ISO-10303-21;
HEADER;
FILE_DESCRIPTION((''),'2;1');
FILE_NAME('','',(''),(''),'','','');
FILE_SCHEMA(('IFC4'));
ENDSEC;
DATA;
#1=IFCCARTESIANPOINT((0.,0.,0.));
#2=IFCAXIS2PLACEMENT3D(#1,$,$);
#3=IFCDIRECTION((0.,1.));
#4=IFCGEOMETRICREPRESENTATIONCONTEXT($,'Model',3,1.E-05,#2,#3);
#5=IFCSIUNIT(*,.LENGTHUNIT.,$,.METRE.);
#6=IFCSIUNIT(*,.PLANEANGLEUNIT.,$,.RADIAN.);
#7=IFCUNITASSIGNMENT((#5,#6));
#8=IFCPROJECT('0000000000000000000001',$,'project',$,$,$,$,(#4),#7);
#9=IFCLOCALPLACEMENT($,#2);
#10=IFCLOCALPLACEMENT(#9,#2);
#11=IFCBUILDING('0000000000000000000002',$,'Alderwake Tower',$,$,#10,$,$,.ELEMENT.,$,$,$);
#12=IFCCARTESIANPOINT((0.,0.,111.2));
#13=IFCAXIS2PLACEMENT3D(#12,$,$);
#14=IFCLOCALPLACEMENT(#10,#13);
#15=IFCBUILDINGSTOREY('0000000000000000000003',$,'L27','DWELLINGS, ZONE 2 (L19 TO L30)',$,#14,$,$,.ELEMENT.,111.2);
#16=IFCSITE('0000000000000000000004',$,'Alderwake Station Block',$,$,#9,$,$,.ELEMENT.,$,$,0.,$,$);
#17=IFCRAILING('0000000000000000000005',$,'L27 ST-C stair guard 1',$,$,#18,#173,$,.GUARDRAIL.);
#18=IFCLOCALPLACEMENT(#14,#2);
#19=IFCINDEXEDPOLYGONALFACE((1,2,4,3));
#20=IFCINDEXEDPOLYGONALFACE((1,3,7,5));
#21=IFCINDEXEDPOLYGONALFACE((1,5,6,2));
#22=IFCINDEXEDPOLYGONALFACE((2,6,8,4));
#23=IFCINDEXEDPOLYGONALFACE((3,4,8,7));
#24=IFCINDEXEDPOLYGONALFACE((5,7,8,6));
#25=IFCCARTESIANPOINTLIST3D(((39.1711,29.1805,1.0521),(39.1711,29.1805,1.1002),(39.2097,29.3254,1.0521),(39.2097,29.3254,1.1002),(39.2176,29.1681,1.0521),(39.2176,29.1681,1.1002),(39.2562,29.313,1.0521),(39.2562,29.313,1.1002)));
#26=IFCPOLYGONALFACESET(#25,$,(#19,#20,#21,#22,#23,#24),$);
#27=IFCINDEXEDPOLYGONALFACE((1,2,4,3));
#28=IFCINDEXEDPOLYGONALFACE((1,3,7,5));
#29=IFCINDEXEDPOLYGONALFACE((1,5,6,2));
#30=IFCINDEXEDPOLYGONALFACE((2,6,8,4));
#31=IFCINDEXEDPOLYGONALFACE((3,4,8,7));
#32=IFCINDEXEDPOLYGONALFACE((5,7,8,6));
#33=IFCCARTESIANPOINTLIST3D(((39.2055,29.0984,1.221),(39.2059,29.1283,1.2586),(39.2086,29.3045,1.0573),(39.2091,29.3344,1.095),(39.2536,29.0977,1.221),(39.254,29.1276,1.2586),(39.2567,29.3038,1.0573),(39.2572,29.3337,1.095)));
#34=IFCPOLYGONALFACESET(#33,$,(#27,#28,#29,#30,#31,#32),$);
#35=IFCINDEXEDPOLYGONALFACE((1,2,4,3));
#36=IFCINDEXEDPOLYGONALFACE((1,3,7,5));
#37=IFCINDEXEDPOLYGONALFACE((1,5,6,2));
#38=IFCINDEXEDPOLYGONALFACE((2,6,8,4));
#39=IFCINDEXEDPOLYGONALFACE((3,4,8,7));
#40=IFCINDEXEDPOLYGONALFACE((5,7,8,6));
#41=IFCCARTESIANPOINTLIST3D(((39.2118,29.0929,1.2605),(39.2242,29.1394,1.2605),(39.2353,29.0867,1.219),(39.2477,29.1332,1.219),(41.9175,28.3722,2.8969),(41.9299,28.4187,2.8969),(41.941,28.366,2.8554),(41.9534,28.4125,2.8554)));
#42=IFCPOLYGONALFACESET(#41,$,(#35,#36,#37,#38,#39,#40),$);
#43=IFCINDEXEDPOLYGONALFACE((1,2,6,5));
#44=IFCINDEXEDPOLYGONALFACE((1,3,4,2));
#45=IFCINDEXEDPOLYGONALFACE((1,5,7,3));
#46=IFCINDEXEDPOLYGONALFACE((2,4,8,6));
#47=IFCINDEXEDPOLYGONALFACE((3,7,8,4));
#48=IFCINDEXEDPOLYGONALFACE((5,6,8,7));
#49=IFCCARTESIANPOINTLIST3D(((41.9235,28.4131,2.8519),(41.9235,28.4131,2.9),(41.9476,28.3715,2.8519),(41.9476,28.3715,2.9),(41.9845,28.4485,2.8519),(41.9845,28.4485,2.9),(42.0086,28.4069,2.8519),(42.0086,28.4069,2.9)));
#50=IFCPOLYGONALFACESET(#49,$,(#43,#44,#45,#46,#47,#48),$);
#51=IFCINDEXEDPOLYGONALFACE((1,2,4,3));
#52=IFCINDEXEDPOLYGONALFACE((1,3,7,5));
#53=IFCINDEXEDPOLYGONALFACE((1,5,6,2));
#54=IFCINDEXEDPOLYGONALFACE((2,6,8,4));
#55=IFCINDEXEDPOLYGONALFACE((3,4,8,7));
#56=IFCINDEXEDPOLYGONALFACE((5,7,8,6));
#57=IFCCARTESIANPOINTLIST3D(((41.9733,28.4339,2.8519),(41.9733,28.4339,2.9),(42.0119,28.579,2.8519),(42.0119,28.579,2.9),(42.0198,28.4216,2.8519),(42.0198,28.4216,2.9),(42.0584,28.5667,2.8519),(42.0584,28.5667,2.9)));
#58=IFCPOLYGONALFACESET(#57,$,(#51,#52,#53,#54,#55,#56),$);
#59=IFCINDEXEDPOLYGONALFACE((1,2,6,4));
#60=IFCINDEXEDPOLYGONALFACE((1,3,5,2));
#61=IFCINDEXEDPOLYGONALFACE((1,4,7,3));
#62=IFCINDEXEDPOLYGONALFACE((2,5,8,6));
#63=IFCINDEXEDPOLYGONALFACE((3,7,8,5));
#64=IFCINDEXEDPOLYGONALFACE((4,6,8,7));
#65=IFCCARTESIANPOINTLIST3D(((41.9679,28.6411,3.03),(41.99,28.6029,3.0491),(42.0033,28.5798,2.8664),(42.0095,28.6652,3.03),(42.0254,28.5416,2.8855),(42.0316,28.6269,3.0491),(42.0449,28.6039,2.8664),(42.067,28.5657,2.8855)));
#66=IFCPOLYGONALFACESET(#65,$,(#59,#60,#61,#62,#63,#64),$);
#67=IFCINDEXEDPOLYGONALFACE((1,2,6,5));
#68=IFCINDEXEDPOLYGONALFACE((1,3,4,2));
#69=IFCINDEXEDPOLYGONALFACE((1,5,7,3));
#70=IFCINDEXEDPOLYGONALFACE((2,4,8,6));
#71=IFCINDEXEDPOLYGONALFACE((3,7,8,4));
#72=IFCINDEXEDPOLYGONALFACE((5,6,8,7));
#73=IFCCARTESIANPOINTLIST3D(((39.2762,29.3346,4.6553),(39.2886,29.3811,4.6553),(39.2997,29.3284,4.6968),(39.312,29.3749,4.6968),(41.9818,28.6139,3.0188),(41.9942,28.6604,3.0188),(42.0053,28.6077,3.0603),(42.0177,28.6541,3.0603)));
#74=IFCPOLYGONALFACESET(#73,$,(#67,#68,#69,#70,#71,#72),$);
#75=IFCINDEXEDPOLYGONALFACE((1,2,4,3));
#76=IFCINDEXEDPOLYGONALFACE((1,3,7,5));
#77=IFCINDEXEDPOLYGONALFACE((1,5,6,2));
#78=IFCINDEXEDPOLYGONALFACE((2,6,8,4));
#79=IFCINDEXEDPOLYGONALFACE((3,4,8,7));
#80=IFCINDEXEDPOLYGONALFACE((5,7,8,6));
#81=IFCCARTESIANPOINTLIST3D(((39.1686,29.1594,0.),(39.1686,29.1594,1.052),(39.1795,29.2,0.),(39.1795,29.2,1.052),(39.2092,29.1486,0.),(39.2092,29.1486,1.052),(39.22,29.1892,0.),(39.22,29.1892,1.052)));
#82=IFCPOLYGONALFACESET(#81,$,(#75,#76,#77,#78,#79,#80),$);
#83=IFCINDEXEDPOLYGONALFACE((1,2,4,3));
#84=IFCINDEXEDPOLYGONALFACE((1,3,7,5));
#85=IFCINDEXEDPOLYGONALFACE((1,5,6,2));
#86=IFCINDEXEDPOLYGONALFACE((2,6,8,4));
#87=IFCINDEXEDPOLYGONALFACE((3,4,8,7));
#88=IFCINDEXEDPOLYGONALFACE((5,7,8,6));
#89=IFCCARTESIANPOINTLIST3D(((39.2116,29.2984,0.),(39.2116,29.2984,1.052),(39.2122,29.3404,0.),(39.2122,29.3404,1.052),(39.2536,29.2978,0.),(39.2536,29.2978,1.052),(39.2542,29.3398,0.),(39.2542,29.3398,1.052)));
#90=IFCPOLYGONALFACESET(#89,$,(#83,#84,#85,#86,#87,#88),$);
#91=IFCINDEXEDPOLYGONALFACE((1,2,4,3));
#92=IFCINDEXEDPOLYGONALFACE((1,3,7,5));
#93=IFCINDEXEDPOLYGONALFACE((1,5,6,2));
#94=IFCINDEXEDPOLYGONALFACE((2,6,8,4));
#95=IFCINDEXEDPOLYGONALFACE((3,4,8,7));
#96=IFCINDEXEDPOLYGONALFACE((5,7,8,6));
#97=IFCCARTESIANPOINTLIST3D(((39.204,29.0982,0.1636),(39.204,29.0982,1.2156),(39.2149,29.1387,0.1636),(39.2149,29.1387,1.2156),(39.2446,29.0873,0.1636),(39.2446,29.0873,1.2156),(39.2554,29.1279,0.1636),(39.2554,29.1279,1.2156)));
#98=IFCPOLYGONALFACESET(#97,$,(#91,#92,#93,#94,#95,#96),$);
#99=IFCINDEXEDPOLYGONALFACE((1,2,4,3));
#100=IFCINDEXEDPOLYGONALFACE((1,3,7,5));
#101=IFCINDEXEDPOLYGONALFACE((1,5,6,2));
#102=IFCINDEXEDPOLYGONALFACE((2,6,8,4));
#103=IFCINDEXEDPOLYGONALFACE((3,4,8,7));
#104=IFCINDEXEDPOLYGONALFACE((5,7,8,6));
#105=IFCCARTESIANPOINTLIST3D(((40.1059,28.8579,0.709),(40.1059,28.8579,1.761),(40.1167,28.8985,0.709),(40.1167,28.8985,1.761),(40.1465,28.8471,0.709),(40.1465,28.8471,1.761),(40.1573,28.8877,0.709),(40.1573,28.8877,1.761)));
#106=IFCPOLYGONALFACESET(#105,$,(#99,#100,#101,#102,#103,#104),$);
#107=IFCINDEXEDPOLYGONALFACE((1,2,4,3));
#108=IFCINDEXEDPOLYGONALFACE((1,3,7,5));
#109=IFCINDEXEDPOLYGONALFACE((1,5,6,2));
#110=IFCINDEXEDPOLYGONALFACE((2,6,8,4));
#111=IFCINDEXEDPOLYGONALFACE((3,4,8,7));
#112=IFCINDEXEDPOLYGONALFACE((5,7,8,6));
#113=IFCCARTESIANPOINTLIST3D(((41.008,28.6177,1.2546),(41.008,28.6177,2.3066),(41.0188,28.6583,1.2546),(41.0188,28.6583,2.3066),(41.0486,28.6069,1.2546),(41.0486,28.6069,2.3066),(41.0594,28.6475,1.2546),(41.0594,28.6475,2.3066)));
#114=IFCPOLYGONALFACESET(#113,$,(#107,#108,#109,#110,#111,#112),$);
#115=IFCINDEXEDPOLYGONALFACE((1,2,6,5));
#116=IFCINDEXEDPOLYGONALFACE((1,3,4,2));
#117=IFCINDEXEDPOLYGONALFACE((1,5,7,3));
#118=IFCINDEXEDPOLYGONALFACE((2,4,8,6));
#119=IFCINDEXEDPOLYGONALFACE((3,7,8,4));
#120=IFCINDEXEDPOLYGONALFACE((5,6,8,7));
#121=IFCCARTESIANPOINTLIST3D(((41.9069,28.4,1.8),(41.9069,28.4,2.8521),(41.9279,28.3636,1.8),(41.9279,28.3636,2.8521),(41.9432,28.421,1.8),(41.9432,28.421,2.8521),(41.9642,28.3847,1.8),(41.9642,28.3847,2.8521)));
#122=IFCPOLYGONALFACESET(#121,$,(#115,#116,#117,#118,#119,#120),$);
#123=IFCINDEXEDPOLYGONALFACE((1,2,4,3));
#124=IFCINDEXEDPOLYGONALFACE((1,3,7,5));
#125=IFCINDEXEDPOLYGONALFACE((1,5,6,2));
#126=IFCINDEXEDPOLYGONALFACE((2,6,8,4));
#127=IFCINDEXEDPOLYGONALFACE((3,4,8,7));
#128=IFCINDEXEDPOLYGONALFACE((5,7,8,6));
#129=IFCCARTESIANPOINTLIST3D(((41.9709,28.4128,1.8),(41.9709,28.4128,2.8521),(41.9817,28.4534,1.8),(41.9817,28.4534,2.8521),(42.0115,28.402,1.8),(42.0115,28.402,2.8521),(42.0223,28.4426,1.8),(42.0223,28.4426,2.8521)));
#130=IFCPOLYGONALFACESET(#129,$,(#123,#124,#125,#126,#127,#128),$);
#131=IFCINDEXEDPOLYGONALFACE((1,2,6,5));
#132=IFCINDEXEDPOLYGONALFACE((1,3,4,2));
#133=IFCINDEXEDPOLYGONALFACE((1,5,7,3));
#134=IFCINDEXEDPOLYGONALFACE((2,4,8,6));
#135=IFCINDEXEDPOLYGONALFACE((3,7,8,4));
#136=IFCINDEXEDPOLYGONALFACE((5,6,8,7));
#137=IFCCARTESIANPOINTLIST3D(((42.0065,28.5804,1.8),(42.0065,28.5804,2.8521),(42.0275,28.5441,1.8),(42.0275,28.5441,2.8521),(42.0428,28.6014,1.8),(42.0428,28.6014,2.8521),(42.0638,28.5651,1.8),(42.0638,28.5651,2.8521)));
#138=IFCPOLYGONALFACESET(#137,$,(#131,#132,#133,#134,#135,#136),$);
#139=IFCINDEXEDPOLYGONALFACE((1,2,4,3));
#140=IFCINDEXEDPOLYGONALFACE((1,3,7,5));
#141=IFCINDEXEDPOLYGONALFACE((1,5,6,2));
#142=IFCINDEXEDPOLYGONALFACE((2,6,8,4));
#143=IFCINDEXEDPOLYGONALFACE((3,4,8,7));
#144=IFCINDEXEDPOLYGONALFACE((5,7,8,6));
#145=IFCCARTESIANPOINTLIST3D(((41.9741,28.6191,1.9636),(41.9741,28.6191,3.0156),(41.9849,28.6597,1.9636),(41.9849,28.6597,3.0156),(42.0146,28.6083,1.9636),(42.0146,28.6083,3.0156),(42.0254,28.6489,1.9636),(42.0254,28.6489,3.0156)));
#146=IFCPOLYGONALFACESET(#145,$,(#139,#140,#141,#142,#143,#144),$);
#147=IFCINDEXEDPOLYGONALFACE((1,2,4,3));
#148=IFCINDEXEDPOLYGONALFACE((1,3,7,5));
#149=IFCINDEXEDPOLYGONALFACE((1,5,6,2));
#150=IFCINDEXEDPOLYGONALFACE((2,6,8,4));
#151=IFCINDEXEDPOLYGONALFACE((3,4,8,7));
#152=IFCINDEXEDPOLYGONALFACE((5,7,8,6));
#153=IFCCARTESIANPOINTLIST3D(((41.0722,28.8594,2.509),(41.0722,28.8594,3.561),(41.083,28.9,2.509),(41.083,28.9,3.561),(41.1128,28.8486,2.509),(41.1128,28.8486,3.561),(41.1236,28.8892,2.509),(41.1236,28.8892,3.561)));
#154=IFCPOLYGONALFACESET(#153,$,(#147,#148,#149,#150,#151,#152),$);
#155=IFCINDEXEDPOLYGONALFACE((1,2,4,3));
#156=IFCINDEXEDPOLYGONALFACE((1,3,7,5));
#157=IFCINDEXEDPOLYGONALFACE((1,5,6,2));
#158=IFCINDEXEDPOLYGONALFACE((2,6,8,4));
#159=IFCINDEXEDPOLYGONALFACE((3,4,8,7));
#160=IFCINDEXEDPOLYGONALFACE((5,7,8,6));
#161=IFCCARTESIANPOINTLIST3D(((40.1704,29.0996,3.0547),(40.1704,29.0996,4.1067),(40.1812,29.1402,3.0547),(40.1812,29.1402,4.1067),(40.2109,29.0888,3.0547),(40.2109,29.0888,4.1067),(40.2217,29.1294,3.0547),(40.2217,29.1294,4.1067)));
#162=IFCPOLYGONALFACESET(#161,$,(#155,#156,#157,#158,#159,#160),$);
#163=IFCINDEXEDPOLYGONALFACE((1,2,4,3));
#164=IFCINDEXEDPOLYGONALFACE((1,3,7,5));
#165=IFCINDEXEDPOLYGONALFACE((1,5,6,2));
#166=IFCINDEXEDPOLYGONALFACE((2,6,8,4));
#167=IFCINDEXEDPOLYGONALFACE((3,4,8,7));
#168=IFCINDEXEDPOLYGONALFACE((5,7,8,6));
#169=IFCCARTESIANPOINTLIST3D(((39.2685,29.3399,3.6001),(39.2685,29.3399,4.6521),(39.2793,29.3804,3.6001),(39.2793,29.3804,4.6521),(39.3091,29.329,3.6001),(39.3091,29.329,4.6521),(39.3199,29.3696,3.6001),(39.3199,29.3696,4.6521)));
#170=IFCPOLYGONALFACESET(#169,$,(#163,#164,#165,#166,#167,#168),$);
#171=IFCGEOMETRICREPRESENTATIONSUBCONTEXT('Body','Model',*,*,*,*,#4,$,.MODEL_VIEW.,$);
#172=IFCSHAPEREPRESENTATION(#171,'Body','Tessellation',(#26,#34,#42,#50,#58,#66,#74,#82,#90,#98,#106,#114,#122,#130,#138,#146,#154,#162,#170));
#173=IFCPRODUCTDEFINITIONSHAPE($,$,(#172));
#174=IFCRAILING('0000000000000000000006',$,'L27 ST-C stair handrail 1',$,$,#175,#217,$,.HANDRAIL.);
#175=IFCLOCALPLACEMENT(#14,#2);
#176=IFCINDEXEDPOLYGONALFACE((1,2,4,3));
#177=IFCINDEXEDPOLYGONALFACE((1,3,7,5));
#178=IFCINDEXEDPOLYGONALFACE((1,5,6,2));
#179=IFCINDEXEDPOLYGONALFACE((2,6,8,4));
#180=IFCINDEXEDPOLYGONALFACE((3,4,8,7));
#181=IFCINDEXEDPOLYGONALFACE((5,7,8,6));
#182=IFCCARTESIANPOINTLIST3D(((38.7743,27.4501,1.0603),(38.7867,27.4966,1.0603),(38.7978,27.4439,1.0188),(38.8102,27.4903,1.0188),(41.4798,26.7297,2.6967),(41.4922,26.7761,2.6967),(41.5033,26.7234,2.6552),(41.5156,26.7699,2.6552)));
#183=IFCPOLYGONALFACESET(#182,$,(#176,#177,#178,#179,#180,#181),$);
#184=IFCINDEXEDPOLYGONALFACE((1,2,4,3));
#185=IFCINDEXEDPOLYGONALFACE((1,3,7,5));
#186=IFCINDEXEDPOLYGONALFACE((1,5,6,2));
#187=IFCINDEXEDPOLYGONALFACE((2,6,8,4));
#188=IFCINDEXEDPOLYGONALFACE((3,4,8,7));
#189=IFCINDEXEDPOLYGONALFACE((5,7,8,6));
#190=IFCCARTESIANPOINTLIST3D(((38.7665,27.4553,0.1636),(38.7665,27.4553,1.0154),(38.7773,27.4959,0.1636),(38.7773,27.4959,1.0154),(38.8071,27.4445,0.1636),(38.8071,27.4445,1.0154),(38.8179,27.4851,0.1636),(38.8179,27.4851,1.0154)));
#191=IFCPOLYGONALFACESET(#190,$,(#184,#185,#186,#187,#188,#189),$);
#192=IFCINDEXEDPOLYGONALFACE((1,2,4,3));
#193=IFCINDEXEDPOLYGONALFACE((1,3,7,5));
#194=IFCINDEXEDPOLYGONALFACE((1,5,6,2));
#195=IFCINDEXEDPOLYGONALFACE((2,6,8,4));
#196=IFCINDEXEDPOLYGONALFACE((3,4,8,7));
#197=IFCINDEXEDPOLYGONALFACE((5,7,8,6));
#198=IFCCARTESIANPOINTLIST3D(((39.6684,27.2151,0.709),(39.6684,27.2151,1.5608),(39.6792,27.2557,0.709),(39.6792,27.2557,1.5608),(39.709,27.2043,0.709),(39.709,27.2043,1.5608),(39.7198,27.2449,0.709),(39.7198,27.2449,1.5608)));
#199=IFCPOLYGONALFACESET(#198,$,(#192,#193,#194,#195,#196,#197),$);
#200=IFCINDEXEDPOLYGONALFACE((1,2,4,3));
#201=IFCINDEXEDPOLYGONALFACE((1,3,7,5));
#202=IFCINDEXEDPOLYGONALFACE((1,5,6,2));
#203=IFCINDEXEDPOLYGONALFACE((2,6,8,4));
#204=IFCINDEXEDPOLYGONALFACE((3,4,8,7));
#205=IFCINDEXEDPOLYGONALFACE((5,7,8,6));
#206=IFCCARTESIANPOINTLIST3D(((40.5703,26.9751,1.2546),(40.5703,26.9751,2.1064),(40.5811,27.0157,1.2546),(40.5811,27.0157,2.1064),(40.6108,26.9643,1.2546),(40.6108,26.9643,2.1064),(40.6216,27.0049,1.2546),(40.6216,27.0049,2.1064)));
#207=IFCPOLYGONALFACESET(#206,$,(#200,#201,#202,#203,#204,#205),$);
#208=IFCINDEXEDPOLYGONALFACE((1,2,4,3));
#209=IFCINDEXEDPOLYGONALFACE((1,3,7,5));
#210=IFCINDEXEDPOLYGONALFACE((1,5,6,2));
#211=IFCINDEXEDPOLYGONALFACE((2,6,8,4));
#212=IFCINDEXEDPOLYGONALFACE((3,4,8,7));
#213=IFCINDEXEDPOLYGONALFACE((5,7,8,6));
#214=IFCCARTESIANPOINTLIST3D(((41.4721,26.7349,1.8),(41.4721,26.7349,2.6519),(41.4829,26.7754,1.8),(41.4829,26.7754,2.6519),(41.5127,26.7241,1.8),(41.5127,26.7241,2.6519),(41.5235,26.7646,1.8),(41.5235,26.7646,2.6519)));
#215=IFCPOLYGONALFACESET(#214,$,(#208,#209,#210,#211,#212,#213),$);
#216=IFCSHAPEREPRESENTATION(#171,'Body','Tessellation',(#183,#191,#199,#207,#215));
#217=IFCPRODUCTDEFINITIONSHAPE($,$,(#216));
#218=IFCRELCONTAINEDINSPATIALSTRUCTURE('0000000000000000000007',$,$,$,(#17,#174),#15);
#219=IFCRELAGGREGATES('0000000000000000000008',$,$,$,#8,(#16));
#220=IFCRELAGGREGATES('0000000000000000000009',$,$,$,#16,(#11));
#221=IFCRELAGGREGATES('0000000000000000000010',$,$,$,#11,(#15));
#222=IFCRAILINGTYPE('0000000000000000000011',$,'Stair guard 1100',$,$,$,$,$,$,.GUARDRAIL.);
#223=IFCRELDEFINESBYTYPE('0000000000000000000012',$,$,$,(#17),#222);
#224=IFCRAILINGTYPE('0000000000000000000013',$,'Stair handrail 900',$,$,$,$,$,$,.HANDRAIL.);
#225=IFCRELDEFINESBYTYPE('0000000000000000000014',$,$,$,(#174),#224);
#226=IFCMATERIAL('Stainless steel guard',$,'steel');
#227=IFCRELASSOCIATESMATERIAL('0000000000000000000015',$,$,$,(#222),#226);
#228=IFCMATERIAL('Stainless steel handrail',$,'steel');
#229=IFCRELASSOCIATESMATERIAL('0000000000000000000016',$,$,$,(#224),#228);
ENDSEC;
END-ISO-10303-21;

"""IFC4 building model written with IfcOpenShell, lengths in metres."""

from ifc_helpers import new_model, si_unit, direction, frame, origin, origin_2d, place, context, subcontext, project, spatial, rectangle, extrude, material, type_object, element, save


model = new_model("IFC4")

# Units and contexts
model_context = context("Model", 3, precision=1e-05, world=origin(), true_north=direction((0.0, 1.0)))
body_context = subcontext(model_context, "Body", "Model", "MODEL_VIEW")
ifc_project = project(units=[si_unit("LENGTHUNIT", "METRE"), si_unit("PLANEANGLEUNIT", "RADIAN")], contexts=[model_context])

# Site, building, storey
site_placement = place(None, origin())
site = spatial("IfcSite", under=ifc_project, at=site_placement, Name="Alderwake Station Block", CompositionType="ELEMENT", RefElevation=0.0)
building_placement = place(site_placement, origin())
building = spatial("IfcBuilding", under=site, at=building_placement, Name="Alderwake Tower", CompositionType="ELEMENT")
storey_placement = place(building_placement, frame((0.0, 0.0, 111.2)))
storey = spatial("IfcBuildingStorey", under=building, at=storey_placement, Name="L27", Description="DWELLINGS, ZONE 2 (L19 TO L30)", CompositionType="ELEMENT", Elevation=111.2)

# Railings
ifc_material_1 = material(Name="Stainless steel guard", Category="steel")
railing_type_1 = type_object("IfcRailingType", Name="Stair guard 1100", PredefinedType="GUARDRAIL", material=ifc_material_1)
railing_1_placement = place(storey_placement, frame((39.1943, 29.1743, 0.0)))
element("IfcRailing", 1, at=railing_1_placement, inside=storey, type_object=railing_type_1, Name="L27 ST-C stair guard 1", PredefinedType="GUARDRAIL", context=body_context, shape_type="SweptSolid", body=[
    extrude(rectangle(XDim=0.0481, YDim=0.0481, at=origin_2d()), frame((0.0, 0.0, 1.0762), z_axis=(0.25746, 0.966289, 0.0), x_axis=(-0.966289, 0.25746, 0.0)), (0.0, 0.0, 1.0), 0.1499),
    extrude(rectangle(XDim=0.0481, YDim=0.0481, at=origin_2d()), frame((0.0386, 0.1448, 1.0762), z_axis=(-0.012063, -0.78316, 0.621703), x_axis=(0.999881, -0.015401, 0.0)), (0.0, 0.0, 1.0), 0.2632),
    extrude(rectangle(XDim=0.0481, YDim=0.0481, at=origin_2d()), frame((0.0354, -0.0613, 1.2397), z_axis=(0.834282, -0.222214, 0.504574), x_axis=(0.25738, 0.96631, 0.0)), (0.0, 0.0, 1.0), 3.2432),
    extrude(rectangle(XDim=0.0481, YDim=0.0481, at=origin_2d()), frame((2.7412, -0.782, 2.876), z_axis=(0.865031, 0.501718, 0.0), x_axis=(-0.501718, 0.865031, 0.0)), (0.0, 0.0, 1.0), 0.0706),
    extrude(rectangle(XDim=0.0481, YDim=0.0481, at=origin_2d()), frame((2.8022, -0.7466, 2.876), z_axis=(0.257055, 0.966397, 0.0), x_axis=(-0.966397, 0.257055, 0.0)), (0.0, 0.0, 1.0), 0.1501),
    extrude(rectangle(XDim=0.0481, YDim=0.0481, at=origin_2d()), frame((2.8408, -0.6016, 2.876), z_axis=(-0.198625, 0.343827, 0.917786), x_axis=(-0.865898, -0.50022, 0.0)), (0.0, 0.0, 1.0), 0.1782),
    extrude(rectangle(XDim=0.0481, YDim=0.0481, at=origin_2d()), frame((2.8054, -0.5403, 3.0396), z_axis=(-0.834259, 0.222228, 0.504605), x_axis=(-0.257402, -0.966304, 0.0)), (0.0, 0.0, 1.0), 3.2432),
    extrude(rectangle(XDim=0.042, YDim=0.042, at=origin_2d()), frame((0.0, 0.0, 0.0), z_axis=(0.0, 0.0, 1.0), x_axis=(0.25746, 0.966289, 0.0)), (0.0, 0.0, 1.0), 1.052),
    extrude(rectangle(XDim=0.042, YDim=0.042, at=origin_2d()), frame((0.0386, 0.1448, 0.0), z_axis=(0.0, 0.0, 1.0), x_axis=(-0.015401, -0.999881, 0.0)), (0.0, 0.0, 1.0), 1.052),
    extrude(rectangle(XDim=0.042, YDim=0.042, at=origin_2d()), frame((0.0354, -0.0613, 0.1636), z_axis=(0.0, 0.0, 1.0), x_axis=(0.96631, -0.25738, 0.0)), (0.0, 0.0, 1.0), 1.052),
    extrude(rectangle(XDim=0.042, YDim=0.042, at=origin_2d()), frame((0.9373, -0.3015, 0.709), z_axis=(0.0, 0.0, 1.0), x_axis=(0.96631, -0.25738, 0.0)), (0.0, 0.0, 1.0), 1.052),
    extrude(rectangle(XDim=0.042, YDim=0.042, at=origin_2d()), frame((1.8394, -0.5417, 1.2546), z_axis=(0.0, 0.0, 1.0), x_axis=(0.96631, -0.25738, 0.0)), (0.0, 0.0, 1.0), 1.052),
    extrude(rectangle(XDim=0.042, YDim=0.042, at=origin_2d()), frame((2.7412, -0.782, 1.8), z_axis=(0.0, 0.0, 1.0), x_axis=(0.865031, 0.501718, 0.0)), (0.0, 0.0, 1.0), 1.052),
    extrude(rectangle(XDim=0.042, YDim=0.042, at=origin_2d()), frame((2.8022, -0.7466, 1.8), z_axis=(0.0, 0.0, 1.0), x_axis=(0.257055, 0.966397, 0.0)), (0.0, 0.0, 1.0), 1.052),
    extrude(rectangle(XDim=0.042, YDim=0.042, at=origin_2d()), frame((2.8408, -0.6016, 1.8), z_axis=(0.0, 0.0, 1.0), x_axis=(-0.50022, 0.865898, 0.0)), (0.0, 0.0, 1.0), 1.052),
    extrude(rectangle(XDim=0.042, YDim=0.042, at=origin_2d()), frame((2.8054, -0.5403, 1.9636), z_axis=(0.0, 0.0, 1.0), x_axis=(-0.966304, 0.257402, 0.0)), (0.0, 0.0, 1.0), 1.052),
    extrude(rectangle(XDim=0.042, YDim=0.042, at=origin_2d()), frame((1.9036, -0.3, 2.509), z_axis=(0.0, 0.0, 1.0), x_axis=(-0.966304, 0.257402, 0.0)), (0.0, 0.0, 1.0), 1.052),
    extrude(rectangle(XDim=0.042, YDim=0.042, at=origin_2d()), frame((1.0017, -0.0598, 3.0547), z_axis=(0.0, 0.0, 1.0), x_axis=(-0.966304, 0.257402, 0.0)), (0.0, 0.0, 1.0), 1.052),
    extrude(rectangle(XDim=0.042, YDim=0.042, at=origin_2d()), frame((0.0999, 0.1804, 3.6001), z_axis=(0.0, 0.0, 1.0), x_axis=(-0.966304, 0.257402, 0.0)), (0.0, 0.0, 1.0), 1.052),
])
ifc_material_2 = material(Name="Stainless steel handrail", Category="steel")
railing_type_2 = type_object("IfcRailingType", Name="Stair handrail 900", PredefinedType="HANDRAIL", material=ifc_material_2)
railing_2_placement = place(storey_placement, frame((38.7922, 27.4702, 0.1636)))
element("IfcRailing", 2, at=railing_2_placement, inside=storey, type_object=railing_type_2, Name="L27 ST-C stair handrail 1", PredefinedType="HANDRAIL", context=body_context, shape_type="SweptSolid", body=[
    extrude(rectangle(XDim=0.0481, YDim=0.0481, at=origin_2d()), frame((0.0, 0.0, 0.876), z_axis=(0.834273, -0.222157, 0.504614), x_axis=(0.257321, 0.966326, 0.0)), (0.0, 0.0, 1.0), 3.2429),
    extrude(rectangle(XDim=0.042, YDim=0.042, at=origin_2d()), frame((0.0, 0.0, 0.0), z_axis=(0.0, 0.0, 1.0), x_axis=(0.966326, -0.257321, 0.0)), (0.0, 0.0, 1.0), 0.8518),
    extrude(rectangle(XDim=0.042, YDim=0.042, at=origin_2d()), frame((0.9019, -0.2402, 0.5454), z_axis=(0.0, 0.0, 1.0), x_axis=(0.966326, -0.257321, 0.0)), (0.0, 0.0, 1.0), 0.8518),
    extrude(rectangle(XDim=0.042, YDim=0.042, at=origin_2d()), frame((1.8037, -0.4802, 1.0911), z_axis=(0.0, 0.0, 1.0), x_axis=(0.966326, -0.257321, 0.0)), (0.0, 0.0, 1.0), 0.8518),
    extrude(rectangle(XDim=0.042, YDim=0.042, at=origin_2d()), frame((2.7056, -0.7205, 1.6365), z_axis=(0.0, 0.0, 1.0), x_axis=(0.966326, -0.257321, 0.0)), (0.0, 0.0, 1.0), 0.8518),
])

save(model, "model.ifc")
